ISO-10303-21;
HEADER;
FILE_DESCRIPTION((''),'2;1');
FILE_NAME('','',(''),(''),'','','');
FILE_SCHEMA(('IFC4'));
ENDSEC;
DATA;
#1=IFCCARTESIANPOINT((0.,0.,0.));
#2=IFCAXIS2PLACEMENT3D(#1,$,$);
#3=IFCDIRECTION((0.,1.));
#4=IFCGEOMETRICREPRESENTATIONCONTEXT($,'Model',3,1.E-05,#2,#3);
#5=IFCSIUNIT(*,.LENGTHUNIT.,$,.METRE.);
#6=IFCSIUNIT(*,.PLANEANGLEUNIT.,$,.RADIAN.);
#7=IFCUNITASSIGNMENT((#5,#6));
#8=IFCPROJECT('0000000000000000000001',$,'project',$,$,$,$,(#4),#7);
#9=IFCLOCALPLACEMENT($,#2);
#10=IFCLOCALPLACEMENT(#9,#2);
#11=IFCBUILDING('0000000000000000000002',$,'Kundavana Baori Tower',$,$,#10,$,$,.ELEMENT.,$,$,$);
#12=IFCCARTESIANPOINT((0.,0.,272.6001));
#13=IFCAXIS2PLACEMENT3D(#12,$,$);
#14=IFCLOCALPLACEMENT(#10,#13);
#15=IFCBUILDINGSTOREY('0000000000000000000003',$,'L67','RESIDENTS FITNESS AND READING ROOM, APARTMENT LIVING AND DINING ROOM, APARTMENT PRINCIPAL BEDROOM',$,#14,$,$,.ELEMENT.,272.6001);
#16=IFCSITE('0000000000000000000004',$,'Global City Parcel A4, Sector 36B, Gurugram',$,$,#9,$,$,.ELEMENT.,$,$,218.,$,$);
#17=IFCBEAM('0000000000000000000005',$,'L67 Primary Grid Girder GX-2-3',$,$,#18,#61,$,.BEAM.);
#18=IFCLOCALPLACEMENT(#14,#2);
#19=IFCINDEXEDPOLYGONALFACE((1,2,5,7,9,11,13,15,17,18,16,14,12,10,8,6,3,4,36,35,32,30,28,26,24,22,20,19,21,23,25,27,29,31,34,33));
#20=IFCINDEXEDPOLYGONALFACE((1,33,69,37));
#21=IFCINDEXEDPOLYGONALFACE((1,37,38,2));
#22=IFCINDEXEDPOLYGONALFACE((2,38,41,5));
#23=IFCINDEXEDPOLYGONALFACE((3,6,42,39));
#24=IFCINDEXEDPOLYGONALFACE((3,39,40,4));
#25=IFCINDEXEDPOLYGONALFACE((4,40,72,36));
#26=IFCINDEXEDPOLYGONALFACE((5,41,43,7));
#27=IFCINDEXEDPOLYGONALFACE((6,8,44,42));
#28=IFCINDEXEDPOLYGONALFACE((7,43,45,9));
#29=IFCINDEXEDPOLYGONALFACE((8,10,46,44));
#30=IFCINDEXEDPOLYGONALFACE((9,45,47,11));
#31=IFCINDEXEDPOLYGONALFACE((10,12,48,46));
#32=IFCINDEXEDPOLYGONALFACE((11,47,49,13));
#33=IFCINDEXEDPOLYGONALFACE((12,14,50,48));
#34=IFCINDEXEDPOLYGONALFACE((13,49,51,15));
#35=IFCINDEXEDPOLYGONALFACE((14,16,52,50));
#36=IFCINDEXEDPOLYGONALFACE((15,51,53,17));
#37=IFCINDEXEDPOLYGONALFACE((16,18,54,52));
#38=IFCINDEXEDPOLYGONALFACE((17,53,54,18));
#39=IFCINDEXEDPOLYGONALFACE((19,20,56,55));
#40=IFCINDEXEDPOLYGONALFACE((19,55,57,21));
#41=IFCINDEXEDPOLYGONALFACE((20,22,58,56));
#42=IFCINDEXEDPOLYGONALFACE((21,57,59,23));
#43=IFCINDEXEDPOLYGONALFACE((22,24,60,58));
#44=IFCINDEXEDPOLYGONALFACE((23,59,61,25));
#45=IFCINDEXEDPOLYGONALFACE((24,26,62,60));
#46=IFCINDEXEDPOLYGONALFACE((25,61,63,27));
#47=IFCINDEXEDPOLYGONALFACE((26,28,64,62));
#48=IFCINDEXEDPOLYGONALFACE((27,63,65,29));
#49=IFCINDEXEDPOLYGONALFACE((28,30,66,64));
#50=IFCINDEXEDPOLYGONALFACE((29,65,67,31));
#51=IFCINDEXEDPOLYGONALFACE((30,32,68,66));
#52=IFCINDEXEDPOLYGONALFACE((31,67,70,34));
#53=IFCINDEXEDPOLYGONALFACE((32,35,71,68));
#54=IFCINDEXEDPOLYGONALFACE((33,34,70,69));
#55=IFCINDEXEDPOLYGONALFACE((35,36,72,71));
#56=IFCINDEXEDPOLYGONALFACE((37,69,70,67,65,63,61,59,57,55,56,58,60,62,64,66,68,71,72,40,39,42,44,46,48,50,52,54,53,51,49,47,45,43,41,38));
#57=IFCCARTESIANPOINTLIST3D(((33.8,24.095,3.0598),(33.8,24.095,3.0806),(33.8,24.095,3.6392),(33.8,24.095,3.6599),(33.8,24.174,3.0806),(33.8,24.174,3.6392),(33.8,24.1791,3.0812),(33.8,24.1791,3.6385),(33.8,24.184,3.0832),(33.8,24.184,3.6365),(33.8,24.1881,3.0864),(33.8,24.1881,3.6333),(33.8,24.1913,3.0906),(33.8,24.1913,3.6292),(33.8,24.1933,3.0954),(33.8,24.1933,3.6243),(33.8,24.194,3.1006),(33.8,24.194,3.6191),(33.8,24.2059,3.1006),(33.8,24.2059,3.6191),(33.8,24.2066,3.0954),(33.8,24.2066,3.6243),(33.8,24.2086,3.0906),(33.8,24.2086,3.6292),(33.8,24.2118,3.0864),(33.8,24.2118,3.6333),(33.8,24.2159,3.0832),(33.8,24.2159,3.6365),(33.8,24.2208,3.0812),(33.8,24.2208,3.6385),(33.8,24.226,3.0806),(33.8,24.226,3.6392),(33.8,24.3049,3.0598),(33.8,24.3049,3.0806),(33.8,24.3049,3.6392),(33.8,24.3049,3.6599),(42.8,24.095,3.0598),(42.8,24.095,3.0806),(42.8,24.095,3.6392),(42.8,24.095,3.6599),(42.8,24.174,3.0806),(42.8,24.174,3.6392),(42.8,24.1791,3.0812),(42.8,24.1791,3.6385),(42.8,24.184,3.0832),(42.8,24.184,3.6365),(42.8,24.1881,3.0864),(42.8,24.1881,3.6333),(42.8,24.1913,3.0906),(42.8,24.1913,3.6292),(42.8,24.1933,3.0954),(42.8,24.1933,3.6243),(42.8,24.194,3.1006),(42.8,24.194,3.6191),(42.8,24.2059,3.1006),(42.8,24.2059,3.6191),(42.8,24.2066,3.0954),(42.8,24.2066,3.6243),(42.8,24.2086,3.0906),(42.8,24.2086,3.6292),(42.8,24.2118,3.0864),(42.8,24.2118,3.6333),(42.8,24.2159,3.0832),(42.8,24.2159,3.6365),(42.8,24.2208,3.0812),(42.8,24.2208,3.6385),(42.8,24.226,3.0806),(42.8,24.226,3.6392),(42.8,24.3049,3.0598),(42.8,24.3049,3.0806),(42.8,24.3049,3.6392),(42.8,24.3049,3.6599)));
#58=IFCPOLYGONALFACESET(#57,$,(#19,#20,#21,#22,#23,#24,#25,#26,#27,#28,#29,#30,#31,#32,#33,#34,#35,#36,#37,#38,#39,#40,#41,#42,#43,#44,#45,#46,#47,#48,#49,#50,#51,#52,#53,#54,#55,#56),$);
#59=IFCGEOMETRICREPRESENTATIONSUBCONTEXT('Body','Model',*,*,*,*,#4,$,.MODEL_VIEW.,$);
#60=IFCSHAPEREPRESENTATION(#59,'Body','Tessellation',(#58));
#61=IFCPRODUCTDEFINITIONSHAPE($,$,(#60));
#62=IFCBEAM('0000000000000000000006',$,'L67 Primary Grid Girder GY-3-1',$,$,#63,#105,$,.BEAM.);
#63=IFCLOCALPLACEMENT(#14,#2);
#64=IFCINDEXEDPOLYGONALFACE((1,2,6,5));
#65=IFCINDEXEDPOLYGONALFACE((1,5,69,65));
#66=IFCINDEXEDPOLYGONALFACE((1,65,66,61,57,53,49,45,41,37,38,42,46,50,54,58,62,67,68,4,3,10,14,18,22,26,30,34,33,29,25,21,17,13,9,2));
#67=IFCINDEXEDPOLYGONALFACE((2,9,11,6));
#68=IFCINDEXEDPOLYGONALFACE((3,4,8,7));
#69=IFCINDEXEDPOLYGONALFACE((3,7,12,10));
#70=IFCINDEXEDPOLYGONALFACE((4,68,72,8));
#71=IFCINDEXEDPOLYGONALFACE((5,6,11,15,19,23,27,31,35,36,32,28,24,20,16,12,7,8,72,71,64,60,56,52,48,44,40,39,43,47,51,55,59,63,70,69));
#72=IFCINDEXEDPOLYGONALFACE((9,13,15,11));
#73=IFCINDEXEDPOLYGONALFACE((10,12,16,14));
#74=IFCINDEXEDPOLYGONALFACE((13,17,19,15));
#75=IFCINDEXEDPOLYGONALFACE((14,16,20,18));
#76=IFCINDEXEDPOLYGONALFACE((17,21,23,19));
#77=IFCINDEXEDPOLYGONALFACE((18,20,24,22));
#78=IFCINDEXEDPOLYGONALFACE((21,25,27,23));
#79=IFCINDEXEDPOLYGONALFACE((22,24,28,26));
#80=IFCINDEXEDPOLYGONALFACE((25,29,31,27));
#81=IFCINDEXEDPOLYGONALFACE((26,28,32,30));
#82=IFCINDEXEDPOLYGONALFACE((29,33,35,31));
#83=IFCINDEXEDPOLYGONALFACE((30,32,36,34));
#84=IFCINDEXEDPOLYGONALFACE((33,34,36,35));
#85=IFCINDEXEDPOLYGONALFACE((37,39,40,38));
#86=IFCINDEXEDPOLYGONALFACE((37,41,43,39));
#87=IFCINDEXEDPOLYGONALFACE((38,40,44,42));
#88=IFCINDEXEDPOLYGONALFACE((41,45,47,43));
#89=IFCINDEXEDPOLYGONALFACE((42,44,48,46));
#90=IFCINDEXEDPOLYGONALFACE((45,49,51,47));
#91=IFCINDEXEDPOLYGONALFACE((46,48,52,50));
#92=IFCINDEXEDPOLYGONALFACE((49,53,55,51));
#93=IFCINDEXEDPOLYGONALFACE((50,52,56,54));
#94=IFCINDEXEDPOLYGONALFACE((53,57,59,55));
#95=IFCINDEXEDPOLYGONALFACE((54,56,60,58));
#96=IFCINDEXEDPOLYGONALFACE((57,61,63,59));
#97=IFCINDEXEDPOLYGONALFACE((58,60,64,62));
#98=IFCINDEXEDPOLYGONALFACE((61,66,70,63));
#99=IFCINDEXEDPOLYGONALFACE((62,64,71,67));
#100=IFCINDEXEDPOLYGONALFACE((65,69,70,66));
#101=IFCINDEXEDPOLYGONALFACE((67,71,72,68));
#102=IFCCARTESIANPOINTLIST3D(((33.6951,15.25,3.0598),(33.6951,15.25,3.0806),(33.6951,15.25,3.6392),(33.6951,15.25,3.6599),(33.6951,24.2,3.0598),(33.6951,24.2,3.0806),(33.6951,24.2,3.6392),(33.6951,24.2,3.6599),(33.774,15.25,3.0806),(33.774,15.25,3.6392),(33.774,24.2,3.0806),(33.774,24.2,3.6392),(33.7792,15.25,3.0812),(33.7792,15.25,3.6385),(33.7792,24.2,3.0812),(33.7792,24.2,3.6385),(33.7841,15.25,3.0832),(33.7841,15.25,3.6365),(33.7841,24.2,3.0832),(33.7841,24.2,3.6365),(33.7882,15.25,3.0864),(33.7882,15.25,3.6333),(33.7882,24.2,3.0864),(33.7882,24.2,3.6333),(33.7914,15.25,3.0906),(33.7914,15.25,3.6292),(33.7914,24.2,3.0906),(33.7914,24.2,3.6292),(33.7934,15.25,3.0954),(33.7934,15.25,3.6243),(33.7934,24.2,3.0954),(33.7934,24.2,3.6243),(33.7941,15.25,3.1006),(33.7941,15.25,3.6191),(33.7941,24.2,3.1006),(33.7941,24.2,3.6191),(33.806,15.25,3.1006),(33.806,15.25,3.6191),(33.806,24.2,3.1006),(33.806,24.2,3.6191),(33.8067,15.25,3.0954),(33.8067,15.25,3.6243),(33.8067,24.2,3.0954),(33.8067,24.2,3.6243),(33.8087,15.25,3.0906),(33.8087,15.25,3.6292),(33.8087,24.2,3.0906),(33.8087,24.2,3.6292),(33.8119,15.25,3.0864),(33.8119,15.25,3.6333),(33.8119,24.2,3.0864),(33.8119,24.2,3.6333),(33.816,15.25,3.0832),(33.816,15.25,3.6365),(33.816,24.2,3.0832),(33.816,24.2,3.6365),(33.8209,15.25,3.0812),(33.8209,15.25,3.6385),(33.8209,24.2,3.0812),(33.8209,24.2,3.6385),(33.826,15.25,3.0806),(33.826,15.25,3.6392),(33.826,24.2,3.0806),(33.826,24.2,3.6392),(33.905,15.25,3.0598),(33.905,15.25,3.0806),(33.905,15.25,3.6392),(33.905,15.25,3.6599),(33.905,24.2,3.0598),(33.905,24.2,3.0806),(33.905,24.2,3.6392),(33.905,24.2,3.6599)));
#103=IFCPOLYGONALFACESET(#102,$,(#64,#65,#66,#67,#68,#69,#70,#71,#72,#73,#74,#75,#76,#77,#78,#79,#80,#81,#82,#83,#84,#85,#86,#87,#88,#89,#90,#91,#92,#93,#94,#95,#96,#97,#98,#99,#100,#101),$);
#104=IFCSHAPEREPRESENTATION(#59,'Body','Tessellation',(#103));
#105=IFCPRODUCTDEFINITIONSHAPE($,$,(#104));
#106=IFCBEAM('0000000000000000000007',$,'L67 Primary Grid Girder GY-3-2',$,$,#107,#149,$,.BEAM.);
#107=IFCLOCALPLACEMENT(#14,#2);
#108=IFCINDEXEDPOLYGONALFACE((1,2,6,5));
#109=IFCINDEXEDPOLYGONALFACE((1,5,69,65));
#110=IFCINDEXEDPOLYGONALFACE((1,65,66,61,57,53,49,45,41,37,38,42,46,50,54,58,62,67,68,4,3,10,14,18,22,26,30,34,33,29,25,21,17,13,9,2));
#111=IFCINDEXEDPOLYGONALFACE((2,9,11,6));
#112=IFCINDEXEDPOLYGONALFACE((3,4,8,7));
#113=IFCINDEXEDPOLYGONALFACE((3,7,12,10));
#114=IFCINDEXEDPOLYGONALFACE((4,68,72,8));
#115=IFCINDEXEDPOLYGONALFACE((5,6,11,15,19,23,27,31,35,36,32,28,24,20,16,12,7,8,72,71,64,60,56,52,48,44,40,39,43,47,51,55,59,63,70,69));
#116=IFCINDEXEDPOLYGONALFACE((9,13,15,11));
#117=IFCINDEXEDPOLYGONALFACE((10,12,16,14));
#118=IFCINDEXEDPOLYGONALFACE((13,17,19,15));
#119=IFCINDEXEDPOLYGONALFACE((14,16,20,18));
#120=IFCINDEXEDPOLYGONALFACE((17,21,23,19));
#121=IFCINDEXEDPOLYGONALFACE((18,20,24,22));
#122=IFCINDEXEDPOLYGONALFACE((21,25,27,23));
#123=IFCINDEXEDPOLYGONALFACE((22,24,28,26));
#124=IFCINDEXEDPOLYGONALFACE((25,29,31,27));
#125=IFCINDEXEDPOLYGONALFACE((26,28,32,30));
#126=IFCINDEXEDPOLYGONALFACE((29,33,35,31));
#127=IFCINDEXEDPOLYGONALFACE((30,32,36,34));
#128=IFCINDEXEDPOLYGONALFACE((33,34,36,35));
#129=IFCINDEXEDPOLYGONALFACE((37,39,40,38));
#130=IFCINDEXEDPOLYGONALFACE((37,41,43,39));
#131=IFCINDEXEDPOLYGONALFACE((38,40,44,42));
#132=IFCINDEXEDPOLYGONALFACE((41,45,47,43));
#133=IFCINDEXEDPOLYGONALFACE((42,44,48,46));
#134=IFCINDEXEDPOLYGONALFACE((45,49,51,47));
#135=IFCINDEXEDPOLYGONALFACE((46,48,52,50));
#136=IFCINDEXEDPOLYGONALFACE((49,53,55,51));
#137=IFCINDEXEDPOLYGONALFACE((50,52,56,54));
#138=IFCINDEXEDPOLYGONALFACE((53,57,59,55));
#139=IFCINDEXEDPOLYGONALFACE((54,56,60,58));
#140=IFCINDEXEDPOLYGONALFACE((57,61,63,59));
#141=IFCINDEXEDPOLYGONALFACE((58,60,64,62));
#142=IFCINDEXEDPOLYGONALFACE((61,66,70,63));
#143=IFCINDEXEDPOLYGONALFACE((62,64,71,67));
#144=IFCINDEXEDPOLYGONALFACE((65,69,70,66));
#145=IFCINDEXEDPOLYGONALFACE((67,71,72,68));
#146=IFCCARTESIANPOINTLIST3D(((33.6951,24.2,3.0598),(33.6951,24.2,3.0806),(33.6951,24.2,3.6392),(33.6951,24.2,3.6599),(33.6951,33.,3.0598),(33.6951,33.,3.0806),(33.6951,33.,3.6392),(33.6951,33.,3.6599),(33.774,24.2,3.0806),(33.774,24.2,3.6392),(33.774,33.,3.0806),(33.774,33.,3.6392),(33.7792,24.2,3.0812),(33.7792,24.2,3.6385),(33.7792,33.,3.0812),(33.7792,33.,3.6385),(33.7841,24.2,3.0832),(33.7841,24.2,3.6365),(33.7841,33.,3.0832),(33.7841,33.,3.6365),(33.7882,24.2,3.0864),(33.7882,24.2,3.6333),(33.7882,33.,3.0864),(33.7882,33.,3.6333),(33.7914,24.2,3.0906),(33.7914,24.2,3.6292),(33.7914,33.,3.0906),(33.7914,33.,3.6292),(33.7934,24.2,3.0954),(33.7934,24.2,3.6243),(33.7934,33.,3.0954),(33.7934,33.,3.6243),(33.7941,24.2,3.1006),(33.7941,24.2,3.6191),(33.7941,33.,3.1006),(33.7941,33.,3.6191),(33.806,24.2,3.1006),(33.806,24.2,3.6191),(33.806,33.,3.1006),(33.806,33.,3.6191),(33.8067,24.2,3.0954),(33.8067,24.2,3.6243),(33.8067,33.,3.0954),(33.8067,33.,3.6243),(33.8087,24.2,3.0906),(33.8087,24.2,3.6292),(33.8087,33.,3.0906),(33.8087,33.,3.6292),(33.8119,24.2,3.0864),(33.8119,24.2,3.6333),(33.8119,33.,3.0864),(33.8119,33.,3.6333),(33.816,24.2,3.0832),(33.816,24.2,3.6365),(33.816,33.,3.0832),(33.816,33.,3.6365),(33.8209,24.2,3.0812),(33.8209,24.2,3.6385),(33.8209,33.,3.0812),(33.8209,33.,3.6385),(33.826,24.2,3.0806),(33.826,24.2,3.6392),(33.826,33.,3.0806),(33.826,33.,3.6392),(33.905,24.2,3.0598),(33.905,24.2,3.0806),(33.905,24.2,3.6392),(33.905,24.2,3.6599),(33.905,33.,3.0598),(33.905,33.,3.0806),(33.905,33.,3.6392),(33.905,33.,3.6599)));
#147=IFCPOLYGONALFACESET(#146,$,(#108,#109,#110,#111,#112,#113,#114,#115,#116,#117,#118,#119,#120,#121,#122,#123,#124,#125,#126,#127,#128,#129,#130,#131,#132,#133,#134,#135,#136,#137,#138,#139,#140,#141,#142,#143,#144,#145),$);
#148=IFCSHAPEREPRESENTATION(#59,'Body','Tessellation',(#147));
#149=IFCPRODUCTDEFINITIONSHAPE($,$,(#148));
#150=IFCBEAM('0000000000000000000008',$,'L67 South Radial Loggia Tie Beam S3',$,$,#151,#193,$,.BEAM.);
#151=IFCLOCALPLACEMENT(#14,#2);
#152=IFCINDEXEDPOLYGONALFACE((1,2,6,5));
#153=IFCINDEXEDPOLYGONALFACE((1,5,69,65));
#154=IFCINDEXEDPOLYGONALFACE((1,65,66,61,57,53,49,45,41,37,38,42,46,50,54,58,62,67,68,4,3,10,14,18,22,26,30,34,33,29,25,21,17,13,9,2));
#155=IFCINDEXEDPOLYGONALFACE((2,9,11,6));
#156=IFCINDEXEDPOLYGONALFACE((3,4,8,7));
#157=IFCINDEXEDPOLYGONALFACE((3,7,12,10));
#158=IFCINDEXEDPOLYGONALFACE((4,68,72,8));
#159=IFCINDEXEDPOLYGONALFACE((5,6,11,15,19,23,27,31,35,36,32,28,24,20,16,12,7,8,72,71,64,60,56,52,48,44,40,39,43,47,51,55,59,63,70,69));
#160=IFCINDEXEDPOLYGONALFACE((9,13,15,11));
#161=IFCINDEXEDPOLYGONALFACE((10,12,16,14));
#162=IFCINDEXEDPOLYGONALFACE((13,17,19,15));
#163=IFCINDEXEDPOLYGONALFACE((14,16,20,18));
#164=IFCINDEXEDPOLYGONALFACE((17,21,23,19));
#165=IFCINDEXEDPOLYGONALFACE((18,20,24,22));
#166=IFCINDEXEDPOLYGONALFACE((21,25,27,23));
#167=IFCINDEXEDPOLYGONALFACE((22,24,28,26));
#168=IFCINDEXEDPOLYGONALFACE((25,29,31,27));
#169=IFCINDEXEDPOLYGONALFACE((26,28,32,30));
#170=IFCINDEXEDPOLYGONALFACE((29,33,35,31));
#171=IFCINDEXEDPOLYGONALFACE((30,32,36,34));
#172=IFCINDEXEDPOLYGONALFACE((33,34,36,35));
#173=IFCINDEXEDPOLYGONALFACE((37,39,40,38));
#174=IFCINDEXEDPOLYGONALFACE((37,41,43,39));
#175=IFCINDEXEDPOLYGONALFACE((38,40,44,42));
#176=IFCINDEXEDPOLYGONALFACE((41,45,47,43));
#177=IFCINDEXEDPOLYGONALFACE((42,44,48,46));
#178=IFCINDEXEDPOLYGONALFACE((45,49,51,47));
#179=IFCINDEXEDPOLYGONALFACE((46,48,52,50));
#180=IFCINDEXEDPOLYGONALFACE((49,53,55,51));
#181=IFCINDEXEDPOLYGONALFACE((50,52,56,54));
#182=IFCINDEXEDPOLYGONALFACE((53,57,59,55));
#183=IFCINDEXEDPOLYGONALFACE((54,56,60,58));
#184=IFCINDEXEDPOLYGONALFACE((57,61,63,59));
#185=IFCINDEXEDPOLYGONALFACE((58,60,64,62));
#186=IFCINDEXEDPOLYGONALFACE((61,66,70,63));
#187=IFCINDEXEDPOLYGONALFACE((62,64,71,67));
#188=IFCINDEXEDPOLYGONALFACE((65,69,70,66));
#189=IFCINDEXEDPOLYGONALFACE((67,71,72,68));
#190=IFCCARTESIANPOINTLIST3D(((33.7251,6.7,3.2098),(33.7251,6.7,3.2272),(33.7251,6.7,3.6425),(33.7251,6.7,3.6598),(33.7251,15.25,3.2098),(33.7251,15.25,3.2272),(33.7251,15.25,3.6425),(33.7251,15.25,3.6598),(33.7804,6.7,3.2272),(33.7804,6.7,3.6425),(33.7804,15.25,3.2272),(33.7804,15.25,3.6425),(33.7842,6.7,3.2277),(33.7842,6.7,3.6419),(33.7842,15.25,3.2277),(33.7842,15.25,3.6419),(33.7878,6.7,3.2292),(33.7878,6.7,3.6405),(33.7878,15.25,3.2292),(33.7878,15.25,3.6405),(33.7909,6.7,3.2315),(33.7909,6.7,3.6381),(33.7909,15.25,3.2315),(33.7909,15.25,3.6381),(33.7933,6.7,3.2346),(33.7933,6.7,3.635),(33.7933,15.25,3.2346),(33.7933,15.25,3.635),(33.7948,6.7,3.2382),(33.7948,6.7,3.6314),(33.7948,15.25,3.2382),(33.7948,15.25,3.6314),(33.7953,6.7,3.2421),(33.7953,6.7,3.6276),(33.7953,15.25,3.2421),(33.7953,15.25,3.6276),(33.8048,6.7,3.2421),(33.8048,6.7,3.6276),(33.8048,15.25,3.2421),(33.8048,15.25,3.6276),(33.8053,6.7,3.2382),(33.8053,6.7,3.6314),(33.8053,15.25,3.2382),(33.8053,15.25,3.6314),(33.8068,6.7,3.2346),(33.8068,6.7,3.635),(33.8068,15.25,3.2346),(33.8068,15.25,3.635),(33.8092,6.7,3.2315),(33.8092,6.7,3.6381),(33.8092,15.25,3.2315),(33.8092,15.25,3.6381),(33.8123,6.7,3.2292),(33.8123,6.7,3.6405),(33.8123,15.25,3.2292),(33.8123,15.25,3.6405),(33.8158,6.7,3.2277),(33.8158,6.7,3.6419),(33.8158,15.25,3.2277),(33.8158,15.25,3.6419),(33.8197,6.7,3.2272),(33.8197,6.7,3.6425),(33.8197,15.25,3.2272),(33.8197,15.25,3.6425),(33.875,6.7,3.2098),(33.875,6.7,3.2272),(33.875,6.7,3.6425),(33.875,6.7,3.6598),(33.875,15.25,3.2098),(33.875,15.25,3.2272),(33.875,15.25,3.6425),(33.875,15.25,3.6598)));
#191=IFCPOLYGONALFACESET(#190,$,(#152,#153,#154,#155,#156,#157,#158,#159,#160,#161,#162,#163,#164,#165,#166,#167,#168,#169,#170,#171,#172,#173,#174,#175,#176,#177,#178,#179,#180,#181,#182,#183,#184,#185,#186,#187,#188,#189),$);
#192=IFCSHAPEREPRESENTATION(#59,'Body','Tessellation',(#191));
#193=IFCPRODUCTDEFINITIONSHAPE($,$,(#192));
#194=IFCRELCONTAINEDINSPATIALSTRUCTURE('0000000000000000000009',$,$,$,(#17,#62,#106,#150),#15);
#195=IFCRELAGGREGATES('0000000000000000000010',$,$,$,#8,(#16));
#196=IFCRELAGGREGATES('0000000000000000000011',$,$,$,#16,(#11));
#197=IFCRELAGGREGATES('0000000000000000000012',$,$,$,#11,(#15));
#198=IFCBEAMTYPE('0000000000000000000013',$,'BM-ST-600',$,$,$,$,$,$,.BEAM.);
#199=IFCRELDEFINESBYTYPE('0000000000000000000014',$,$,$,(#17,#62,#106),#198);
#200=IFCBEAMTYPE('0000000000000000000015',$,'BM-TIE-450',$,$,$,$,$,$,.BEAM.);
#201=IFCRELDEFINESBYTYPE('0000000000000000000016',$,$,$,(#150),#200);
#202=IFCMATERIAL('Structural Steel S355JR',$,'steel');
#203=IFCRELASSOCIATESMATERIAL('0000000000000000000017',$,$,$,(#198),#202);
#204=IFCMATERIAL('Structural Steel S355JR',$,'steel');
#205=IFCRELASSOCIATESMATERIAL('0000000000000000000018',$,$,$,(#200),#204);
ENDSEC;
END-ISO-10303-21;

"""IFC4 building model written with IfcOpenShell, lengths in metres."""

from ifc_helpers import new_model, si_unit, direction, frame, origin, origin_2d, place, context, subcontext, project, spatial, i_section, extrude, material, material_profile, profile_set, type_object, element, save


model = new_model("IFC4")

# Units and contexts
model_context = context("Model", 3, precision=1e-05, world=origin(), true_north=direction((0.0, 1.0)))
body_context = subcontext(model_context, "Body", "Model", "MODEL_VIEW")
ifc_project = project(units=[si_unit("LENGTHUNIT", "METRE"), si_unit("PLANEANGLEUNIT", "RADIAN")], contexts=[model_context])

# Site, building, storey
site_placement = place(None, origin())
site = spatial("IfcSite", under=ifc_project, at=site_placement, Name="Global City Parcel A4, Sector 36B, Gurugram", CompositionType="ELEMENT", RefElevation=218.0)
building_placement = place(site_placement, origin())
building = spatial("IfcBuilding", under=site, at=building_placement, Name="Kundavana Baori Tower", CompositionType="ELEMENT")
storey_placement = place(building_placement, frame((0.0, 0.0, 272.6001)))
storey = spatial("IfcBuildingStorey", under=building, at=storey_placement, Name="L67", Description="RESIDENTS FITNESS AND READING ROOM, APARTMENT LIVING AND DINING ROOM, APARTMENT PRINCIPAL BEDROOM", CompositionType="ELEMENT", Elevation=272.6001)

# Beams
ifc_material_1 = material(Name="Structural Steel S355JR", Category="steel")
ifc_material_profile_1 = material_profile(ifc_material_1, i_section(OverallWidth=0.21, OverallDepth=0.6001, WebThickness=0.012, FlangeThickness=0.0208, FilletRadius=0.02, at=origin_2d()), Name="ISMB 600")
ifc_profile_set_1 = profile_set([ifc_material_profile_1], Name="Structural Steel S355JR")
beam_type_1 = type_object("IfcBeamType", Name="BM-ST-600", PredefinedType="BEAM", material=ifc_profile_set_1)
for number, where, z_axis, x_axis, name in (
    (1, (33.8, 24.2, 3.3599), (1.0, 0.0, 0.0), (0.0, 1.0, 0.0), "L67 Primary Grid Girder GX-2-3"),
):
    element("IfcBeam", number, at=place(storey_placement, frame(where, z_axis=z_axis, x_axis=x_axis)), inside=storey, type_object=beam_type_1, Name=name, PredefinedType="BEAM", context=body_context, shape_type="SweptSolid", body=[
        extrude(i_section(OverallWidth=0.21, OverallDepth=0.6001, WebThickness=0.012, FlangeThickness=0.0208, FilletRadius=0.02, at=origin_2d()), origin(), (0.0, 0.0, 1.0), 9.0),
    ])
beam_1_placement = place(storey_placement, frame((33.8, 15.25, 3.3599), z_axis=(0.0, 1.0, 0.0), x_axis=(-1.0, 0.0, 0.0)))
element("IfcBeam", 2, at=beam_1_placement, inside=storey, type_object=beam_type_1, Name="L67 Primary Grid Girder GY-3-1", PredefinedType="BEAM", context=body_context, shape_type="SweptSolid", body=[
    extrude(i_section(OverallWidth=0.21, OverallDepth=0.6001, WebThickness=0.012, FlangeThickness=0.0208, FilletRadius=0.02, at=origin_2d()), origin(), (0.0, 0.0, 1.0), 8.95),
])
beam_2_placement = place(storey_placement, frame((33.8, 24.2, 3.3599), z_axis=(0.0, 1.0, 0.0), x_axis=(-1.0, 0.0, 0.0)))
element("IfcBeam", 3, at=beam_2_placement, inside=storey, type_object=beam_type_1, Name="L67 Primary Grid Girder GY-3-2", PredefinedType="BEAM", context=body_context, shape_type="SweptSolid", body=[
    extrude(i_section(OverallWidth=0.21, OverallDepth=0.6001, WebThickness=0.012, FlangeThickness=0.0208, FilletRadius=0.02, at=origin_2d()), origin(), (0.0, 0.0, 1.0), 8.8),
])
ifc_material_2 = material(Name="Structural Steel S355JR", Category="steel")
ifc_material_profile_2 = material_profile(ifc_material_2, i_section(OverallWidth=0.1499, OverallDepth=0.45, WebThickness=0.0095, FlangeThickness=0.0173, FilletRadius=0.0149, at=origin_2d()), Name="ISMB 450")
ifc_profile_set_2 = profile_set([ifc_material_profile_2], Name="Structural Steel S355JR")
beam_type_2 = type_object("IfcBeamType", Name="BM-TIE-450", PredefinedType="BEAM", material=ifc_profile_set_2)
beam_3_placement = place(storey_placement, frame((33.8, 15.25, 3.4348), z_axis=(0.0, -1.0, 0.0), x_axis=(1.0, 0.0, 0.0)))
element("IfcBeam", 4, at=beam_3_placement, inside=storey, type_object=beam_type_2, Name="L67 South Radial Loggia Tie Beam S3", PredefinedType="BEAM", context=body_context, shape_type="SweptSolid", body=[
    extrude(i_section(OverallWidth=0.1499, OverallDepth=0.45, WebThickness=0.0095, FlangeThickness=0.0173, FilletRadius=0.0149, at=origin_2d()), origin(), (0.0, 0.0, 1.0), 8.55),
])

save(model, "model.ifc")
